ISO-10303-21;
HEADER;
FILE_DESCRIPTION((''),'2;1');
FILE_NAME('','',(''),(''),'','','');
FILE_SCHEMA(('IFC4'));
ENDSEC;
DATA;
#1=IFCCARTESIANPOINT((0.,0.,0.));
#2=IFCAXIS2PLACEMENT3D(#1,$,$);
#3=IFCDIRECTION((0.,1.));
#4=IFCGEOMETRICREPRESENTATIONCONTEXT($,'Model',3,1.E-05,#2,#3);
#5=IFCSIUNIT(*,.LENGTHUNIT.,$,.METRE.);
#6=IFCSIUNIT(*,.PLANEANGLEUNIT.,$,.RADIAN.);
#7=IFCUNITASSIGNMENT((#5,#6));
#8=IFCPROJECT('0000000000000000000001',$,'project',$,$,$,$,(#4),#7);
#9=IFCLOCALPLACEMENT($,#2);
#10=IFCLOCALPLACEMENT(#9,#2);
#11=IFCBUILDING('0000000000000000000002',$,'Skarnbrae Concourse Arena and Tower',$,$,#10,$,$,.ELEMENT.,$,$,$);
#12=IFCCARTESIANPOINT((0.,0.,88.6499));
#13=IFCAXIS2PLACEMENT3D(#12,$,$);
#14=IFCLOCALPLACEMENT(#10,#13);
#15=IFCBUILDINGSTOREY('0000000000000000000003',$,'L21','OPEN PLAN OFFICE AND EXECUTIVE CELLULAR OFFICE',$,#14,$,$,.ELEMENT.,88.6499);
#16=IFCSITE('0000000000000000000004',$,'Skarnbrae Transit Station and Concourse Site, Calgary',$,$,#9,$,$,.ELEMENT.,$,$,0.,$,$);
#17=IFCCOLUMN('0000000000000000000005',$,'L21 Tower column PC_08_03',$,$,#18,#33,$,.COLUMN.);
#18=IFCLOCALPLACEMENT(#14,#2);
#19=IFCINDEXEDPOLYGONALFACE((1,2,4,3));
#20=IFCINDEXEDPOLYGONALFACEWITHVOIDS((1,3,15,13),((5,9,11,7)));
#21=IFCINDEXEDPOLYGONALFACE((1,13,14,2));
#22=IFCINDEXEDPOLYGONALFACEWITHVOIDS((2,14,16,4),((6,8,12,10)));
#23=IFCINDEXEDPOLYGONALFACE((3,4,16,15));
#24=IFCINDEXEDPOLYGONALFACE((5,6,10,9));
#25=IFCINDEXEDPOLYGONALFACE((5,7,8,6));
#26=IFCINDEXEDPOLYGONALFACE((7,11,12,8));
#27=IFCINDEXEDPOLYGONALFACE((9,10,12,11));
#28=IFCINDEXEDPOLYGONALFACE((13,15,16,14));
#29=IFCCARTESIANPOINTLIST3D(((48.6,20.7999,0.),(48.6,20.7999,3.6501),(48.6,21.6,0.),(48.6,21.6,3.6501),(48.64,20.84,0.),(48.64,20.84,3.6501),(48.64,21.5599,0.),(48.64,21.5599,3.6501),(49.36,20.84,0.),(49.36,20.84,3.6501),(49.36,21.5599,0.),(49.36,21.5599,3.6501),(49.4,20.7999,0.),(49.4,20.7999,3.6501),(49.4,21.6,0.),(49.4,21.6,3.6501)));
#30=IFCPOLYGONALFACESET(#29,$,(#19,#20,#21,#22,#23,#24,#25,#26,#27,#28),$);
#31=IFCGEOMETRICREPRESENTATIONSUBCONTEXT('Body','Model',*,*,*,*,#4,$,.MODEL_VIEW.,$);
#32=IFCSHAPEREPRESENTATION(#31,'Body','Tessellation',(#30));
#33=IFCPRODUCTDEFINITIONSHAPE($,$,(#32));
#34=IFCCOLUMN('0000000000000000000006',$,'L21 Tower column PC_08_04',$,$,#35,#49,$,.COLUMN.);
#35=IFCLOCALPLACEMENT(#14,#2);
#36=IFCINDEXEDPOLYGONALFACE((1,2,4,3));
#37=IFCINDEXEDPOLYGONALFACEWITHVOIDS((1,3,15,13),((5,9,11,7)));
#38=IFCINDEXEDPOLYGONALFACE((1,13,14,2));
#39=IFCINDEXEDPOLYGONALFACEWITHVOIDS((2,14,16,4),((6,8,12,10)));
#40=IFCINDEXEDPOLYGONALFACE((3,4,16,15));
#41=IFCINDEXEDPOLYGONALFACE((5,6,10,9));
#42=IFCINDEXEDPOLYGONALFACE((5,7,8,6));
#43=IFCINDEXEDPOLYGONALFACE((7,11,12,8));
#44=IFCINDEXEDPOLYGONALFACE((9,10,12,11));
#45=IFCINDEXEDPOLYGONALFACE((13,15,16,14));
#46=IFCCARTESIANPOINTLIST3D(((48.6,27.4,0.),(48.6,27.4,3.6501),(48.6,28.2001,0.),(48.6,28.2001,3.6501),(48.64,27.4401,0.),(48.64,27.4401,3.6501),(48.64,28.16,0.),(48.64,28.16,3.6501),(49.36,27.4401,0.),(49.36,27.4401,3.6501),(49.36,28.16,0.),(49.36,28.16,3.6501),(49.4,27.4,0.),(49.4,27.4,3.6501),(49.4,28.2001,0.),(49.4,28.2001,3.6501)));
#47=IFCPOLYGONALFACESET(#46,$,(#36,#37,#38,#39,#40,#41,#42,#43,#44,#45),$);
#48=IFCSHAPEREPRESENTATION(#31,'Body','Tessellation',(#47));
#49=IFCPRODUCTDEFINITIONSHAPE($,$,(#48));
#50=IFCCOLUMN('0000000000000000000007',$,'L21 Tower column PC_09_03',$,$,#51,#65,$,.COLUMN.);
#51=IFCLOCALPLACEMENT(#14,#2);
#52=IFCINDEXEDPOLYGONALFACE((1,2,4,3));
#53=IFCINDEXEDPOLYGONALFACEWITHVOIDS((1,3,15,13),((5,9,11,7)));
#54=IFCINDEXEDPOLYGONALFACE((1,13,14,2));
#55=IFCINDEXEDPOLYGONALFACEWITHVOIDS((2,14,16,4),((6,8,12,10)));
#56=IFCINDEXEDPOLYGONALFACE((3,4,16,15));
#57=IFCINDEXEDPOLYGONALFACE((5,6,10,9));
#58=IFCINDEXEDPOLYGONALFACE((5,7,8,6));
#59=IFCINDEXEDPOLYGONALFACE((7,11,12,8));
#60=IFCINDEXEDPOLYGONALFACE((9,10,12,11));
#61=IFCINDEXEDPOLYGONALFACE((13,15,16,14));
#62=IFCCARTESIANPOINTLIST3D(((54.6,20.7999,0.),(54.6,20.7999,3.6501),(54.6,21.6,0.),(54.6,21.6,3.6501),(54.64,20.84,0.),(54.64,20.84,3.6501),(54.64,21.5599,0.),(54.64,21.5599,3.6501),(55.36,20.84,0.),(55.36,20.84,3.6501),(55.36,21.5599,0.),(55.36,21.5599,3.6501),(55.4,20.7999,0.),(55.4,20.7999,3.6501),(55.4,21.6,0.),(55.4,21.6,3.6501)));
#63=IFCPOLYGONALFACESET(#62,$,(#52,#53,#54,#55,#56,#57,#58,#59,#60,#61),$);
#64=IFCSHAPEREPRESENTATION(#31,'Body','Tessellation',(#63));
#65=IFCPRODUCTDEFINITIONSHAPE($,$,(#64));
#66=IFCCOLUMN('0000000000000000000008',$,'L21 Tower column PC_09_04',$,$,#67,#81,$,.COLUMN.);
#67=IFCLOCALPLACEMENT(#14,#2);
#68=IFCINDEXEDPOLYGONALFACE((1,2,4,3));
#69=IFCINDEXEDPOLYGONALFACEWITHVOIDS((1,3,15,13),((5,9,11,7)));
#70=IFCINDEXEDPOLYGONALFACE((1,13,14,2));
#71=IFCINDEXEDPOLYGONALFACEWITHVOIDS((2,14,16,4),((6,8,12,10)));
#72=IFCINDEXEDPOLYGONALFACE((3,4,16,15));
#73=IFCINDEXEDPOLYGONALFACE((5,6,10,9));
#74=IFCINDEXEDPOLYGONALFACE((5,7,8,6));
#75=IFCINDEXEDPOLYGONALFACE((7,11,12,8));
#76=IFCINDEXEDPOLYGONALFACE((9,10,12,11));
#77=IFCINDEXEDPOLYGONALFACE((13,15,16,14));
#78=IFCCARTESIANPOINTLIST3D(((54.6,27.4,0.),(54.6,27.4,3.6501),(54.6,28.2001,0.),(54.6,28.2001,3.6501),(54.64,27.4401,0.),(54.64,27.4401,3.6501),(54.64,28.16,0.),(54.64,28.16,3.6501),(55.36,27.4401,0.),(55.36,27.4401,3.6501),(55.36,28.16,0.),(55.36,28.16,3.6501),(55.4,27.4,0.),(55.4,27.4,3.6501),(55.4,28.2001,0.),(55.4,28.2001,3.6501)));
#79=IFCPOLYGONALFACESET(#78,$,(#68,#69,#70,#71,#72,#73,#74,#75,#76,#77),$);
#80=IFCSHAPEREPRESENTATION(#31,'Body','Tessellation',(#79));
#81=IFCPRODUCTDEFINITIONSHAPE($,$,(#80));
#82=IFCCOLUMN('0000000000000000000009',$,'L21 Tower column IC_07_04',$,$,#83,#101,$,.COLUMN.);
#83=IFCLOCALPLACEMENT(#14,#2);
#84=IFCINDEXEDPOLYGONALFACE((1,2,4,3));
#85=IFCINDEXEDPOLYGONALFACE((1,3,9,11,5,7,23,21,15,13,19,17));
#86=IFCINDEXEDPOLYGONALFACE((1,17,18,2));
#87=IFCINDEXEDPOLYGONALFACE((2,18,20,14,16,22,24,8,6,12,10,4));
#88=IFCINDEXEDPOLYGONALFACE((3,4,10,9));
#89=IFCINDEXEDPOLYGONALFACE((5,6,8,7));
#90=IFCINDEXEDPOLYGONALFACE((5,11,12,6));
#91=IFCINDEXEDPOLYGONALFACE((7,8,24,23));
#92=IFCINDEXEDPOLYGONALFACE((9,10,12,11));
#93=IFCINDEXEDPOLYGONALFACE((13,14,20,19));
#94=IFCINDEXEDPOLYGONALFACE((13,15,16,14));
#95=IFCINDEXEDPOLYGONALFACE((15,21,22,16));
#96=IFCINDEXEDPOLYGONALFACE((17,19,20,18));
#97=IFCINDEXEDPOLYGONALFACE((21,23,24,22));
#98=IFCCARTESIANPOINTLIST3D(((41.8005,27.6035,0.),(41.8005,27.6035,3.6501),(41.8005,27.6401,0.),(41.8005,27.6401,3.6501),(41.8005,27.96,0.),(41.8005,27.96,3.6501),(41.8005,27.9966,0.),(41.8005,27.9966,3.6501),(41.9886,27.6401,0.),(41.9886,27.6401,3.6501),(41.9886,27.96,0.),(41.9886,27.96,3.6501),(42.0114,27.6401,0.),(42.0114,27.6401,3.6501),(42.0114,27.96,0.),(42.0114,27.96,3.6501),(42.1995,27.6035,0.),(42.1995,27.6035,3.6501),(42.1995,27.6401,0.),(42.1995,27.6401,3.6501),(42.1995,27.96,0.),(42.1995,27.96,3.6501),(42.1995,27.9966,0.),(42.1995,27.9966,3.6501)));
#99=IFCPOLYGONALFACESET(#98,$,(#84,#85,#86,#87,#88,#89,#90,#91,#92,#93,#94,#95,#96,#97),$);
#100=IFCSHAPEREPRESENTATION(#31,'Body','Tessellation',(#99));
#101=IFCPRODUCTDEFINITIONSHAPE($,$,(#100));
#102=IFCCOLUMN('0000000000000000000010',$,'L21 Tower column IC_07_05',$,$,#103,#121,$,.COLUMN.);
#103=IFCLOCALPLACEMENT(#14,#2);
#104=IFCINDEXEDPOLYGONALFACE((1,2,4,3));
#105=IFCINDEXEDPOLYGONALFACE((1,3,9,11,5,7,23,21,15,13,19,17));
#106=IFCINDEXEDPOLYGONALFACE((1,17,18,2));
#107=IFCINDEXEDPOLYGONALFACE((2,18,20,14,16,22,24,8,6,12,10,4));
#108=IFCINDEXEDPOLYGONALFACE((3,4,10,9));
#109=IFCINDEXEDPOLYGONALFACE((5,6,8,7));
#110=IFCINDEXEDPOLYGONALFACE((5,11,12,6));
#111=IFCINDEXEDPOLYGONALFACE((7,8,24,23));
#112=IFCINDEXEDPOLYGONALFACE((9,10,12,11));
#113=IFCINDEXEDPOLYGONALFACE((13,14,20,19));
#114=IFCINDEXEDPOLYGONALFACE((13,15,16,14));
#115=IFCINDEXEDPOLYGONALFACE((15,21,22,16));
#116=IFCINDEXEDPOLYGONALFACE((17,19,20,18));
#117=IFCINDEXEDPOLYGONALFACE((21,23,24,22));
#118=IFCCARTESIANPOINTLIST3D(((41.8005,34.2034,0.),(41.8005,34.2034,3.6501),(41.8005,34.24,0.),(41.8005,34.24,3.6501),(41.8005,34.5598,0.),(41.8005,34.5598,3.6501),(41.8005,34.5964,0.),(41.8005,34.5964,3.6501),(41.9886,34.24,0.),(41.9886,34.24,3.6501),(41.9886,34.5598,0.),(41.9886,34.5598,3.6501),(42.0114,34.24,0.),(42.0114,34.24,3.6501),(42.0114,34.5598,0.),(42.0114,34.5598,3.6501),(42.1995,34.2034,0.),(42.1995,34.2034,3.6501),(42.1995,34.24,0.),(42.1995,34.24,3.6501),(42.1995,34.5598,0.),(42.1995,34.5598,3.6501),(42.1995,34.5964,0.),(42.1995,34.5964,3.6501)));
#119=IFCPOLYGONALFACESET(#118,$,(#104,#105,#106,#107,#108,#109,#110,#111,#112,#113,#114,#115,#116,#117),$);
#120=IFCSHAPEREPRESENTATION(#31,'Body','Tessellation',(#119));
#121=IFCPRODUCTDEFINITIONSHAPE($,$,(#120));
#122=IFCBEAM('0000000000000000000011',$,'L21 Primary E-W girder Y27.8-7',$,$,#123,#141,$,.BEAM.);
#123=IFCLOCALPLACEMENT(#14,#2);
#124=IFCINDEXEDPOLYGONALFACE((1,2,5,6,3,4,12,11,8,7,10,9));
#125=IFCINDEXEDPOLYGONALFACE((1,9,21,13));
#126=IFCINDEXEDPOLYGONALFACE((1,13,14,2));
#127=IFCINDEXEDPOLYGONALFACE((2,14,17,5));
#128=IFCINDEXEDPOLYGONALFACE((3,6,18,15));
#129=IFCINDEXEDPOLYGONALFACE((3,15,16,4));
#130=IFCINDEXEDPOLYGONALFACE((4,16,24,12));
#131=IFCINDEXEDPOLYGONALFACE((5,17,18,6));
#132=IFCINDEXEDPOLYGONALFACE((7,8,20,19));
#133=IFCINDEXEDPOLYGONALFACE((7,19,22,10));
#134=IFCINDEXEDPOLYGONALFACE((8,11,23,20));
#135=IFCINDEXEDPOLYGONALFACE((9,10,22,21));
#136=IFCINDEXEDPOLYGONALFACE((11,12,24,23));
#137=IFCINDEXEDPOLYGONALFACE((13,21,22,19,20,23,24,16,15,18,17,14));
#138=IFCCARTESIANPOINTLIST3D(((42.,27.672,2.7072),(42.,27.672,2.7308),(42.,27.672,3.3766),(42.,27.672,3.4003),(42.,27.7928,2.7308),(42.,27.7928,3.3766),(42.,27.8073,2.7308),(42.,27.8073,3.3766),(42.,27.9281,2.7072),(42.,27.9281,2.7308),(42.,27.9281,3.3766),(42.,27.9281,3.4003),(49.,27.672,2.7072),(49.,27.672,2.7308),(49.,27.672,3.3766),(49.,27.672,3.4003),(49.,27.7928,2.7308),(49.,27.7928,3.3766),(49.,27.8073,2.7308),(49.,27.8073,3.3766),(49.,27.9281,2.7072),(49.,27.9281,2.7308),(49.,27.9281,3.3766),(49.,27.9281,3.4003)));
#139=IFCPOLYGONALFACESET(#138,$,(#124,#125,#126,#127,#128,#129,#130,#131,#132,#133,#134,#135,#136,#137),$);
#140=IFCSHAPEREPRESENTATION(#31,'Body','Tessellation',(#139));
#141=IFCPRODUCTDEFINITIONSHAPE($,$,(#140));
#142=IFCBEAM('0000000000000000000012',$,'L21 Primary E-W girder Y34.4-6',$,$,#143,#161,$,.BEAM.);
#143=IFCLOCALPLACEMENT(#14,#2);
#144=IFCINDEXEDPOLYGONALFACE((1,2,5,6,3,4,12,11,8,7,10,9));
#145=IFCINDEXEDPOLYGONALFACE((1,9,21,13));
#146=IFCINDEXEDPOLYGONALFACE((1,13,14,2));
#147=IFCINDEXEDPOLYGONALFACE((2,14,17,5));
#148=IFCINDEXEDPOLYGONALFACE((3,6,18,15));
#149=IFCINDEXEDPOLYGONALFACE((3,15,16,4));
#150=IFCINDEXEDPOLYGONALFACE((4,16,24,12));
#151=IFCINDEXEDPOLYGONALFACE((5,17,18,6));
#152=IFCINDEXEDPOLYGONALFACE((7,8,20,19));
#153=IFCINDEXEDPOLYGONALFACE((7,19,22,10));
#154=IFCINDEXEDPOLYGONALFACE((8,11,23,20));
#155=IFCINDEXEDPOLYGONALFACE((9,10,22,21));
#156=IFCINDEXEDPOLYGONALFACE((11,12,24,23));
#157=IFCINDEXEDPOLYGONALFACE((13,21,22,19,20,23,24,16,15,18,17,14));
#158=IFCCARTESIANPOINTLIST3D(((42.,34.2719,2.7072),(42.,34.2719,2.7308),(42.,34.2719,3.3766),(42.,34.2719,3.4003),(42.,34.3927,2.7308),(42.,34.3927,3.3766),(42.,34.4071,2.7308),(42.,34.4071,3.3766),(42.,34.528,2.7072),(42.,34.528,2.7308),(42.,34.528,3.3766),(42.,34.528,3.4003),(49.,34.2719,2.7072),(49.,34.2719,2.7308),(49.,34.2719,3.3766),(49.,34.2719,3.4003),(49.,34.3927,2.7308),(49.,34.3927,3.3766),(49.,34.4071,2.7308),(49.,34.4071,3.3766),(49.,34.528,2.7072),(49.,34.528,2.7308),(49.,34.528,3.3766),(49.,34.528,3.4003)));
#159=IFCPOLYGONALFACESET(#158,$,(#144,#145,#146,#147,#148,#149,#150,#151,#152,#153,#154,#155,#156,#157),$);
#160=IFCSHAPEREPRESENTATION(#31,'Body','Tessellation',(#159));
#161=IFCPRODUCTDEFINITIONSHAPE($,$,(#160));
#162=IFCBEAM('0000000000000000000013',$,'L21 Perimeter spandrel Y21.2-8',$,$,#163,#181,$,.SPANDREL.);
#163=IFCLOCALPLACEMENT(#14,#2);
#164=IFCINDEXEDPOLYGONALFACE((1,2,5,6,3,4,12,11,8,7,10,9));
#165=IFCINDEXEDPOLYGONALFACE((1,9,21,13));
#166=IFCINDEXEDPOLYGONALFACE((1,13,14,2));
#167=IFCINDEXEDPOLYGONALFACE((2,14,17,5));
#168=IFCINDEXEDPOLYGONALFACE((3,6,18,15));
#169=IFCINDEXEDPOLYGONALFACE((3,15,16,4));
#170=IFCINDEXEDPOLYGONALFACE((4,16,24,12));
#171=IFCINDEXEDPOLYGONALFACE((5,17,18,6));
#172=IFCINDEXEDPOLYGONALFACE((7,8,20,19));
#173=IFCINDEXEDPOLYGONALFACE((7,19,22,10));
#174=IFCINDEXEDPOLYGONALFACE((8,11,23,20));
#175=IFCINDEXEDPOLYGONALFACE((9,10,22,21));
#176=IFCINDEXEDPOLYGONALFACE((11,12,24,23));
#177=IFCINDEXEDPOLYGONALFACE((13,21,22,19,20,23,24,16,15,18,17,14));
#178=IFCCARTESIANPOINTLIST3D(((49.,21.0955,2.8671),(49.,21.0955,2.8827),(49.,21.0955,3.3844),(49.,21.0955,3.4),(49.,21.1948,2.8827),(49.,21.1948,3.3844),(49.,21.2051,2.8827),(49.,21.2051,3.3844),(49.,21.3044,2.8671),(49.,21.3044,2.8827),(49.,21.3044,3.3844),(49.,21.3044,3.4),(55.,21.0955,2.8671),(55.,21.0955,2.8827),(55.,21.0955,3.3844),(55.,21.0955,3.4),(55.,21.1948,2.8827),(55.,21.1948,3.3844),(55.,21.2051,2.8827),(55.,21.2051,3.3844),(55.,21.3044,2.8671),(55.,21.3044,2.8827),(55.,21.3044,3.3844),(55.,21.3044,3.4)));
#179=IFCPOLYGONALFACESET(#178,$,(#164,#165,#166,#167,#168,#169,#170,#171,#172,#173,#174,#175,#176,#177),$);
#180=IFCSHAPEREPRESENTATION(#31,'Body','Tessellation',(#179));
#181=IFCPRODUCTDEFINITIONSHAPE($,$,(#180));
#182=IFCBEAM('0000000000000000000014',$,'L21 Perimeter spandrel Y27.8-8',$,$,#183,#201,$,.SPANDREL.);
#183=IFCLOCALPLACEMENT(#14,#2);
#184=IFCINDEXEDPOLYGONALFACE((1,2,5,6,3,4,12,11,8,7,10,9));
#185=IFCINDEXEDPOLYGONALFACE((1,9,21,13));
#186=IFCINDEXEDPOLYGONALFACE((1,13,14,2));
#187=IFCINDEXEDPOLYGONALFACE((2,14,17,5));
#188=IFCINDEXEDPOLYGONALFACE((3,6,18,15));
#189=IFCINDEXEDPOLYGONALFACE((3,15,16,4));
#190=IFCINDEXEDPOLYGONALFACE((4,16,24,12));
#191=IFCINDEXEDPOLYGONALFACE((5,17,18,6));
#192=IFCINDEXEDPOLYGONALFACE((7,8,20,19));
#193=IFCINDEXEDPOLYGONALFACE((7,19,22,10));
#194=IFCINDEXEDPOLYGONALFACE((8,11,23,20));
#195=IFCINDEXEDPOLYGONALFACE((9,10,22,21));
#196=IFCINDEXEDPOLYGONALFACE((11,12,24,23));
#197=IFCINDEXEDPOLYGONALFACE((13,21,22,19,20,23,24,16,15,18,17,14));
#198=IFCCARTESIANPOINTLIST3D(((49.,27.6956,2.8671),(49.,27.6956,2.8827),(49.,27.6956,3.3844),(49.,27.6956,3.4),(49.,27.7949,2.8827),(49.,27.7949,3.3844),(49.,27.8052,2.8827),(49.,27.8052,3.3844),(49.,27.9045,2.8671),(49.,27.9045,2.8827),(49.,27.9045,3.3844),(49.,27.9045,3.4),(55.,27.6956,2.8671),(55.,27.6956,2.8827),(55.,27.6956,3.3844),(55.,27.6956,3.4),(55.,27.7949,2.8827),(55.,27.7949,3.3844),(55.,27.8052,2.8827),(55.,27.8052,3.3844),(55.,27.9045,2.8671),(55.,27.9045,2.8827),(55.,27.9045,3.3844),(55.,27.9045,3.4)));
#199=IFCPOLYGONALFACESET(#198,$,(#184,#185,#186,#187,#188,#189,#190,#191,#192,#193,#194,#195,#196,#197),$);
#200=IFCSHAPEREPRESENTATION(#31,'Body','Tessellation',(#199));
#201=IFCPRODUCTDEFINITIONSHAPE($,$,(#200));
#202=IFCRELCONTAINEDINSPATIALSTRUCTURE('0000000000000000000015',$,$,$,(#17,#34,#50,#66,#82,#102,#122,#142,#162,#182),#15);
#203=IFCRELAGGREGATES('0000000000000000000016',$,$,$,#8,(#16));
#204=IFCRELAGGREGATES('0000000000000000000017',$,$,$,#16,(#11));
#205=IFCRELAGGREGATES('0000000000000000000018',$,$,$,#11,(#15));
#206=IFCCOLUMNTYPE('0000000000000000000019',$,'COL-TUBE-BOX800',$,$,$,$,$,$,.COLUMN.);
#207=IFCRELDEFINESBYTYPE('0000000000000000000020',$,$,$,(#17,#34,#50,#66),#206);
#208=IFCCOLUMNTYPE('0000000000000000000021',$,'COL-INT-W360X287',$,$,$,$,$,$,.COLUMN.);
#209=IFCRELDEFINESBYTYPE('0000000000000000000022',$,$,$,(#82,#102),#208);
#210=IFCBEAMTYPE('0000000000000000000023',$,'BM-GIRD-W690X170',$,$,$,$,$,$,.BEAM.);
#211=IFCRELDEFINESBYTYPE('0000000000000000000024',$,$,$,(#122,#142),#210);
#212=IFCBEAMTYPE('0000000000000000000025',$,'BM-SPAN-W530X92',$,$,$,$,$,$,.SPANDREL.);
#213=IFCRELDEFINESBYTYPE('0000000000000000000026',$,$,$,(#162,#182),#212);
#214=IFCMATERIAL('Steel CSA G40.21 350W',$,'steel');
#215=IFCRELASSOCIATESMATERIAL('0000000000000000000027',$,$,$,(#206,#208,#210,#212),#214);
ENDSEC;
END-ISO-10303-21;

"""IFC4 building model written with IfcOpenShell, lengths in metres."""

from ifc_helpers import new_model, si_unit, direction, frame, origin, origin_2d, place, context, subcontext, project, spatial, hollow_rectangle, i_section, extrude, source, transform, mapped, material, material_profile, profile_set, type_object, element, save


model = new_model("IFC4")

# Units and contexts
model_context = context("Model", 3, precision=1e-05, world=origin(), true_north=direction((0.0, 1.0)))
body_context = subcontext(model_context, "Body", "Model", "MODEL_VIEW")
ifc_project = project(units=[si_unit("LENGTHUNIT", "METRE"), si_unit("PLANEANGLEUNIT", "RADIAN")], contexts=[model_context])

# Site, building, storey
site_placement = place(None, origin())
site = spatial("IfcSite", under=ifc_project, at=site_placement, Name="Skarnbrae Transit Station and Concourse Site, Calgary", CompositionType="ELEMENT", RefElevation=0.0)
building_placement = place(site_placement, origin())
building = spatial("IfcBuilding", under=site, at=building_placement, Name="Skarnbrae Concourse Arena and Tower", CompositionType="ELEMENT")
storey_placement = place(building_placement, frame((0.0, 0.0, 88.6499)))
storey = spatial("IfcBuildingStorey", under=building, at=storey_placement, Name="L21", Description="OPEN PLAN OFFICE AND EXECUTIVE CELLULAR OFFICE", CompositionType="ELEMENT", Elevation=88.6499)

# Columns
ifc_material_1 = material(Name="Steel CSA G40.21 350W", Category="steel")
ifc_material_profile_1 = material_profile(ifc_material_1, hollow_rectangle(XDim=0.8, YDim=0.8, WallThickness=0.04, at=origin_2d()), Name="BOX800X800X40")
ifc_profile_set_1 = profile_set([ifc_material_profile_1], Name="Steel CSA G40.21 350W")
column_type_1 = type_object("IfcColumnType", Name="COL-TUBE-BOX800", PredefinedType="COLUMN", material=ifc_profile_set_1)
shared_shape_1 = source(origin(), body_context, "Body", "SweptSolid", [
    extrude(hollow_rectangle(XDim=0.8, YDim=0.8, WallThickness=0.04, at=origin_2d()), origin(), (0.0, 0.0, 1.0), 3.6501),
])
for number, where, z_axis, x_axis, name in (
    (1, (49.0, 21.2, 0.0), (0.0, 0.0, 1.0), (1.0, 0.0, 0.0), "L21 Tower column PC_08_03"),
    (2, (49.0, 27.8, 0.0), (0.0, 0.0, 1.0), (1.0, 0.0, 0.0), "L21 Tower column PC_08_04"),
    (3, (55.0, 21.2, 0.0), (0.0, 0.0, 1.0), (1.0, 0.0, 0.0), "L21 Tower column PC_09_03"),
    (4, (55.0, 27.8, 0.0), (0.0, 0.0, 1.0), (1.0, 0.0, 0.0), "L21 Tower column PC_09_04"),
):
    element("IfcColumn", number, at=place(storey_placement, frame(where, z_axis=z_axis, x_axis=x_axis)), inside=storey, type_object=column_type_1, Name=name, PredefinedType="COLUMN", context=body_context, shape_type="MappedRepresentation", body=[
        mapped(shared_shape_1, transform((0.0, 0.0, 0.0))),
    ])
ifc_material_profile_2 = material_profile(ifc_material_1, i_section(OverallWidth=0.3989, OverallDepth=0.3931, WebThickness=0.0227, FlangeThickness=0.0366, at=origin_2d()), Name="W360X287")
ifc_profile_set_2 = profile_set([ifc_material_profile_2], Name="Steel CSA G40.21 350W")
column_type_2 = type_object("IfcColumnType", Name="COL-INT-W360X287", PredefinedType="COLUMN", material=ifc_profile_set_2)
shared_shape_2 = source(origin(), body_context, "Body", "SweptSolid", [
    extrude(i_section(OverallWidth=0.3989, OverallDepth=0.3931, WebThickness=0.0227, FlangeThickness=0.0366, at=origin_2d()), origin(), (0.0, 0.0, 1.0), 3.6501),
])
for number, where, z_axis, x_axis, name in (
    (5, (42.0, 27.8, 0.0), (0.0, 0.0, 1.0), (1.0, 0.0, 0.0), "L21 Tower column IC_07_04"),
    (6, (42.0, 34.3999, 0.0), (0.0, 0.0, 1.0), (1.0, 0.0, 0.0), "L21 Tower column IC_07_05"),
):
    element("IfcColumn", number, at=place(storey_placement, frame(where, z_axis=z_axis, x_axis=x_axis)), inside=storey, type_object=column_type_2, Name=name, PredefinedType="COLUMN", context=body_context, shape_type="MappedRepresentation", body=[
        mapped(shared_shape_2, transform((0.0, 0.0, 0.0))),
    ])

# Beams
ifc_material_profile_3 = material_profile(ifc_material_1, i_section(OverallWidth=0.2561, OverallDepth=0.6931, WebThickness=0.0144, FlangeThickness=0.0237, at=origin_2d()), Name="W690X170")
ifc_profile_set_3 = profile_set([ifc_material_profile_3], Name="Steel CSA G40.21 350W")
beam_type_1 = type_object("IfcBeamType", Name="BM-GIRD-W690X170", PredefinedType="BEAM", material=ifc_profile_set_3)
shared_shape_3 = source(origin(), body_context, "Body", "SweptSolid", [
    extrude(i_section(OverallWidth=0.2561, OverallDepth=0.6931, WebThickness=0.0144, FlangeThickness=0.0237, at=origin_2d()), origin(), (0.0, 0.0, 1.0), 7.0),
])
for number, where, z_axis, x_axis, name in (
    (7, (42.0, 27.8, 3.0537), (1.0, 0.0, 0.0), (0.0, 1.0, 0.0), "L21 Primary E-W girder Y27.8-7"),
    (8, (42.0, 34.3999, 3.0537), (1.0, 0.0, 0.0), (0.0, 1.0, 0.0), "L21 Primary E-W girder Y34.4-6"),
):
    element("IfcBeam", number, at=place(storey_placement, frame(where, z_axis=z_axis, x_axis=x_axis)), inside=storey, type_object=beam_type_1, Name=name, PredefinedType="BEAM", context=body_context, shape_type="MappedRepresentation", body=[
        mapped(shared_shape_3, transform((0.0, 0.0, 0.0))),
    ])
ifc_material_profile_4 = material_profile(ifc_material_1, i_section(OverallWidth=0.209, OverallDepth=0.533, WebThickness=0.0103, FlangeThickness=0.0156, at=origin_2d()), Name="W530X92")
ifc_profile_set_4 = profile_set([ifc_material_profile_4], Name="Steel CSA G40.21 350W")
beam_type_2 = type_object("IfcBeamType", Name="BM-SPAN-W530X92", PredefinedType="SPANDREL", material=ifc_profile_set_4)
shared_shape_4 = source(origin(), body_context, "Body", "SweptSolid", [
    extrude(i_section(OverallWidth=0.209, OverallDepth=0.533, WebThickness=0.0103, FlangeThickness=0.0156, at=origin_2d()), origin(), (0.0, 0.0, 1.0), 6.0),
])
for number, where, z_axis, x_axis, name in (
    (9, (49.0, 21.2, 3.1335), (1.0, 0.0, 0.0), (0.0, 1.0, 0.0), "L21 Perimeter spandrel Y21.2-8"),
    (10, (49.0, 27.8, 3.1335), (1.0, 0.0, 0.0), (0.0, 1.0, 0.0), "L21 Perimeter spandrel Y27.8-8"),
):
    element("IfcBeam", number, at=place(storey_placement, frame(where, z_axis=z_axis, x_axis=x_axis)), inside=storey, type_object=beam_type_2, Name=name, PredefinedType="SPANDREL", context=body_context, shape_type="MappedRepresentation", body=[
        mapped(shared_shape_4, transform((0.0, 0.0, 0.0))),
    ])

save(model, "model.ifc")
